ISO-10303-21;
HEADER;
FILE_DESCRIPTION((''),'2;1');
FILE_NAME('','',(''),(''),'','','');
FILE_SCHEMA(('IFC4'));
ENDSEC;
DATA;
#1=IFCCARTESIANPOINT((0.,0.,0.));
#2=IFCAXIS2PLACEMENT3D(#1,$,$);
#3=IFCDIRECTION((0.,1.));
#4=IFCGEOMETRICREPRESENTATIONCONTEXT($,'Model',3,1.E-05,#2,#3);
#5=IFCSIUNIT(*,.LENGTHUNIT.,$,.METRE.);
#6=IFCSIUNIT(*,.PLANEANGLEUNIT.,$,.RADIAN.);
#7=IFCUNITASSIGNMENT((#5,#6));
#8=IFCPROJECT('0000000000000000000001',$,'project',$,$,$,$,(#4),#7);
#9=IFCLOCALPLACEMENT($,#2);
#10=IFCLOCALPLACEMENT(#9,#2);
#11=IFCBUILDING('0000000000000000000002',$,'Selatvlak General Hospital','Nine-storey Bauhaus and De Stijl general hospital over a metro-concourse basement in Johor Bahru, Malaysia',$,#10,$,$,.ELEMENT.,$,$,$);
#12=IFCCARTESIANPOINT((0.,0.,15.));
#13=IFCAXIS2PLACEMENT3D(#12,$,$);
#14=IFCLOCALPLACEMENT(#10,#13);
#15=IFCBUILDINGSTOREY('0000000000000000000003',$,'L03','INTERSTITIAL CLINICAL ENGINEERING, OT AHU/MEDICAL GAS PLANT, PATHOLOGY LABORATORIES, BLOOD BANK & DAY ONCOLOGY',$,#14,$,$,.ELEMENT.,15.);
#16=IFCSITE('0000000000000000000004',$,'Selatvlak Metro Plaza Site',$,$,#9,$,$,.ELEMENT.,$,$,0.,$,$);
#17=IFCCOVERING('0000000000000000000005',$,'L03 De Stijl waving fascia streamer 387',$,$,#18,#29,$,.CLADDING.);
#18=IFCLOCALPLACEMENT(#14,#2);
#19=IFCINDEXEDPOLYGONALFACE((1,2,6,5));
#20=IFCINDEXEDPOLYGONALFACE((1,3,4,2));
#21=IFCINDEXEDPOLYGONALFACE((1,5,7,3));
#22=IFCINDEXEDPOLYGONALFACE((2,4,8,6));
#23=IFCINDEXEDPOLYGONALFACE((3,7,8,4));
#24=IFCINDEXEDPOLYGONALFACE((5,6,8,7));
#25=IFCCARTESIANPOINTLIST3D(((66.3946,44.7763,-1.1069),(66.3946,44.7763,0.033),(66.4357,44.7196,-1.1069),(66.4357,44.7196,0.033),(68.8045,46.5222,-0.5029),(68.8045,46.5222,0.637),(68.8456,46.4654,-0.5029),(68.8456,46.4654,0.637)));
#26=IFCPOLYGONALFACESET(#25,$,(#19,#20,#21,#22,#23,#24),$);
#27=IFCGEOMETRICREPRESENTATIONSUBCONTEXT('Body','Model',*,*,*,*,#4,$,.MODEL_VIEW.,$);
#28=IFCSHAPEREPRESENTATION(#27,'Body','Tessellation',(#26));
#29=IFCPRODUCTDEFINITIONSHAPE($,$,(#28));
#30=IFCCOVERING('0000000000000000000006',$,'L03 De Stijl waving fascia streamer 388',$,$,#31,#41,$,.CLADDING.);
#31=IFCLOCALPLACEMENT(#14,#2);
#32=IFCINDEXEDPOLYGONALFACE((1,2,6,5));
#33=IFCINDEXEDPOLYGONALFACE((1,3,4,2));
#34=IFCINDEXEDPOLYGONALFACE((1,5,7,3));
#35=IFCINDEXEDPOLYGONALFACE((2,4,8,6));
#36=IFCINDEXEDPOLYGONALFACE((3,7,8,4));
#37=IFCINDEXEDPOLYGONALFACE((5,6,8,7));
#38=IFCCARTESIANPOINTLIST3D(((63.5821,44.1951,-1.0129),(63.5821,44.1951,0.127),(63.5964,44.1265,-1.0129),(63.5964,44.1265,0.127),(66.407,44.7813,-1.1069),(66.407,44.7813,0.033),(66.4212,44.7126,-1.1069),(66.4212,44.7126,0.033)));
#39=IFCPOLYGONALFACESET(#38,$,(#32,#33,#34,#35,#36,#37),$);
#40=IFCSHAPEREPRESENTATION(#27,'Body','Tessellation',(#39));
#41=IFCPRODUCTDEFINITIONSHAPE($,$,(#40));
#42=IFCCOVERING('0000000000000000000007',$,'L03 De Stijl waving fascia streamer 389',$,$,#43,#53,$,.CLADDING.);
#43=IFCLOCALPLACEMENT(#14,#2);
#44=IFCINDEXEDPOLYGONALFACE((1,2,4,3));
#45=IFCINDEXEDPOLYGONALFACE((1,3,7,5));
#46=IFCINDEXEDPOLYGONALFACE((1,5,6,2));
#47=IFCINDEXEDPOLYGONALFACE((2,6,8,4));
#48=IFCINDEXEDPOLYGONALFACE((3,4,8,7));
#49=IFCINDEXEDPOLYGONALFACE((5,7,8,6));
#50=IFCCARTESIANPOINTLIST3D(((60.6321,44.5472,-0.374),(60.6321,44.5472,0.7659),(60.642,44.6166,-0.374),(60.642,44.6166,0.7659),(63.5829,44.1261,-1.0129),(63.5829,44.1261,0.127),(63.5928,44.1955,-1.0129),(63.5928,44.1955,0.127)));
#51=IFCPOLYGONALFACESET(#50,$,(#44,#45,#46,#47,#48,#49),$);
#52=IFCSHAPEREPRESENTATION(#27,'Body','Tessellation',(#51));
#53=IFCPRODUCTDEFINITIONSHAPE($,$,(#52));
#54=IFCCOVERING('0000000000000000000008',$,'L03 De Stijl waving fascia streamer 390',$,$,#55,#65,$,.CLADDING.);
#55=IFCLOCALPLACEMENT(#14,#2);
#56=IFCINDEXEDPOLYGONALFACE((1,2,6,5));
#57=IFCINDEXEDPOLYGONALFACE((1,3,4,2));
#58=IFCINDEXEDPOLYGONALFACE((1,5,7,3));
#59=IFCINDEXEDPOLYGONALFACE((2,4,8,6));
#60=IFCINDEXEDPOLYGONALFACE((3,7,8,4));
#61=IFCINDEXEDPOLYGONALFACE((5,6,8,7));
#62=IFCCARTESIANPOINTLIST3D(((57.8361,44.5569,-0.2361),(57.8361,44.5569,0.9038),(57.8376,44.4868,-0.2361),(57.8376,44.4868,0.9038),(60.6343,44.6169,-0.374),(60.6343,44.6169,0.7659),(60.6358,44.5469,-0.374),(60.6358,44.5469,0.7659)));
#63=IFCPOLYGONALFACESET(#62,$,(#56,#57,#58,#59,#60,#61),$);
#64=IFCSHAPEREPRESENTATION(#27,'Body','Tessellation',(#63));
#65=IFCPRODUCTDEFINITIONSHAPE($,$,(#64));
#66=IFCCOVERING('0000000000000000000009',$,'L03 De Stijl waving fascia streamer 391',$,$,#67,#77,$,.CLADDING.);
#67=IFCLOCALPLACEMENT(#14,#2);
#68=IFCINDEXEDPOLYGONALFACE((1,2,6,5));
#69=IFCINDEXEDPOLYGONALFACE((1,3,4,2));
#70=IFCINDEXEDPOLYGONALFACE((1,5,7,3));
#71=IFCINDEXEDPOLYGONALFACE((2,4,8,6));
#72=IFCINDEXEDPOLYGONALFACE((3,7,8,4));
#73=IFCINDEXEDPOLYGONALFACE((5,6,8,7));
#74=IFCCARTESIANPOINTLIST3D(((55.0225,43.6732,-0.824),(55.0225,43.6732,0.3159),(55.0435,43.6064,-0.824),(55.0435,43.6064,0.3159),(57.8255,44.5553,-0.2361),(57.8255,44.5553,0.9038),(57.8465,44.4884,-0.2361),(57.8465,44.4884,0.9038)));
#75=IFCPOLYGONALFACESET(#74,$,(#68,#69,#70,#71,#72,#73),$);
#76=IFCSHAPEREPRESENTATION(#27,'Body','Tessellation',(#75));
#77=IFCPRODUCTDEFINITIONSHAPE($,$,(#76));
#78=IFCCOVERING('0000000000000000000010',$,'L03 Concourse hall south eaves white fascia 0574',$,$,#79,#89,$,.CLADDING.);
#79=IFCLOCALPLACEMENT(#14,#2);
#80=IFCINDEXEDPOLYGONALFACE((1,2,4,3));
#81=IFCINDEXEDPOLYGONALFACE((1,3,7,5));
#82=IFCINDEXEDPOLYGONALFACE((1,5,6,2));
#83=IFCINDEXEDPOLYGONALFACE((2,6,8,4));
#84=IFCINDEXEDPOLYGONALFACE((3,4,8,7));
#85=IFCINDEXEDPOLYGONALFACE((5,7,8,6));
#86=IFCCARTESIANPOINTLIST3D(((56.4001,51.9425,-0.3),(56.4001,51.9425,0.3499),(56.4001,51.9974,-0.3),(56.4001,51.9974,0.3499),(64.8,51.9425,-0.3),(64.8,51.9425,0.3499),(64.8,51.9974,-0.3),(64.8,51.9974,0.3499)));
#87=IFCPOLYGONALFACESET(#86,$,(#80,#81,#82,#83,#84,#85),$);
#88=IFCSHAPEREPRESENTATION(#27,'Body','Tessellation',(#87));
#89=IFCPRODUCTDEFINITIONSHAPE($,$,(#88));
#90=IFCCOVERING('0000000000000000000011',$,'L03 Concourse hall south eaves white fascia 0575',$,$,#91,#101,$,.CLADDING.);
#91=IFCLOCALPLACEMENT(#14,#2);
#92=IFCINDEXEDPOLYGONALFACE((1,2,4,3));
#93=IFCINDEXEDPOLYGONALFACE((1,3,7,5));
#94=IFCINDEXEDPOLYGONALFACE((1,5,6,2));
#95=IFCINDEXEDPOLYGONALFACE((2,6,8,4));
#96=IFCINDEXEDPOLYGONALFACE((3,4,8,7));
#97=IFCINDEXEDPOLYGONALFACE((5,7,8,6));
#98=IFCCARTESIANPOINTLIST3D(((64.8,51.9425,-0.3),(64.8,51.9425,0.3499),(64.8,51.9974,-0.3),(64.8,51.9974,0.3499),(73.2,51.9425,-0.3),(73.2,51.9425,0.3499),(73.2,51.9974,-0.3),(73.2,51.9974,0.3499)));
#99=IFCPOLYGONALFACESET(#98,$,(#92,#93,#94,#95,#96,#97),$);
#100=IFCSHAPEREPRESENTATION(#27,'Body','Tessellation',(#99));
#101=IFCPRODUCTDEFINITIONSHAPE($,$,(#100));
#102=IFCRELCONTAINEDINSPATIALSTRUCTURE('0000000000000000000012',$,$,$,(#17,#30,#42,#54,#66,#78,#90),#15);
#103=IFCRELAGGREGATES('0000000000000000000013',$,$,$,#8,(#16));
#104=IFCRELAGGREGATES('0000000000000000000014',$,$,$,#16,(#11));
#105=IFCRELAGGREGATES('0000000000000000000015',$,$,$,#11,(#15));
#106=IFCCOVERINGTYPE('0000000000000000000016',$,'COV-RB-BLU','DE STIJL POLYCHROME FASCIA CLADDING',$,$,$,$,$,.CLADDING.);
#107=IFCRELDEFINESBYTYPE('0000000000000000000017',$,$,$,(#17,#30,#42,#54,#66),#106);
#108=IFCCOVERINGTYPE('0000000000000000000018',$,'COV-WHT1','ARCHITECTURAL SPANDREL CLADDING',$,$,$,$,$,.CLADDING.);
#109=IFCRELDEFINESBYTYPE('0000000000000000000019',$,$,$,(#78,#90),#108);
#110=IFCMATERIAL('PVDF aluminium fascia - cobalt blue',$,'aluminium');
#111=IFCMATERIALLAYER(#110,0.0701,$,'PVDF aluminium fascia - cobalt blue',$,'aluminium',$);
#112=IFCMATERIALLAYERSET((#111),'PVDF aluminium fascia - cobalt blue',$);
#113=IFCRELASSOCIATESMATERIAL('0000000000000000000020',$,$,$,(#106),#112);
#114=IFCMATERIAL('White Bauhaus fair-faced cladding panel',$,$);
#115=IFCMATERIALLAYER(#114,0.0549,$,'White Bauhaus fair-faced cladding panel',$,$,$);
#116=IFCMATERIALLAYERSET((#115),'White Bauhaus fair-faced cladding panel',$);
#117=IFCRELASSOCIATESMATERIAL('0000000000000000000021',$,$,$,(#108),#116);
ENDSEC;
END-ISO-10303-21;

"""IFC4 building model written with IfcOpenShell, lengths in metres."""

from ifc_helpers import new_model, si_unit, direction, frame, origin, origin_2d, place, context, subcontext, project, spatial, polyline, rectangle, outline, extrude, material, layer, layer_set, type_object, element, save


model = new_model("IFC4")

# Units and contexts
model_context = context("Model", 3, precision=1e-05, world=origin(), true_north=direction((0.0, 1.0)))
body_context = subcontext(model_context, "Body", "Model", "MODEL_VIEW")
ifc_project = project(units=[si_unit("LENGTHUNIT", "METRE"), si_unit("PLANEANGLEUNIT", "RADIAN")], contexts=[model_context])

# Site, building, storey
site_placement = place(None, origin())
site = spatial("IfcSite", under=ifc_project, at=site_placement, Name="Selatvlak Metro Plaza Site", CompositionType="ELEMENT", RefElevation=0.0)
building_placement = place(site_placement, origin())
building = spatial("IfcBuilding", under=site, at=building_placement, Name="Selatvlak General Hospital", Description="Nine-storey Bauhaus and De Stijl general hospital over a metro-concourse basement in Johor Bahru, Malaysia", CompositionType="ELEMENT")
storey_placement = place(building_placement, frame((0.0, 0.0, 15.0)))
storey = spatial("IfcBuildingStorey", under=building, at=storey_placement, Name="L03", Description="INTERSTITIAL CLINICAL ENGINEERING, OT AHU/MEDICAL GAS PLANT, PATHOLOGY LABORATORIES, BLOOD BANK & DAY ONCOLOGY", CompositionType="ELEMENT", Elevation=15.0)

# Coverings
ifc_material_1 = material(Name="PVDF aluminium fascia - cobalt blue", Category="aluminium")
ifc_layer_1 = layer(ifc_material_1, 0.0701, Name="PVDF aluminium fascia - cobalt blue", Category="aluminium")
ifc_layer_set_1 = layer_set([ifc_layer_1], Name="PVDF aluminium fascia - cobalt blue")
covering_type_1 = type_object("IfcCoveringType", Name="COV-RB-BLU", Description="DE STIJL POLYCHROME FASCIA CLADDING", PredefinedType="CLADDING", material=ifc_layer_set_1)
covering_1_placement = place(storey_placement, frame((68.825, 46.4939, -0.5029), z_axis=(0.0, 0.0, 1.0), x_axis=(-0.809824, -0.586673, 0.0)))
element("IfcCovering", 1, at=covering_1_placement, inside=storey, type_object=covering_type_1, Name="L03 De Stijl waving fascia streamer 387", PredefinedType="CLADDING", context=body_context, shape_type="SweptSolid", body=[
    extrude(outline(polyline([(0.0, 0.0), (2.9758, -0.604), (2.9758, 0.5359), (0.0, 1.1399), (0.0, 0.0)])), frame((0.0, 0.0352, 0.0), z_axis=(0.0, -1.0, 0.0), x_axis=(1.0, 0.0, 0.0)), (0.0, 0.0, 1.0), 0.0701),
])
covering_2_placement = place(storey_placement, frame((66.4141, 44.7471, -1.1069), z_axis=(0.0, 0.0, 1.0), x_axis=(-0.979143, -0.203174, 0.0)))
element("IfcCovering", 2, at=covering_2_placement, inside=storey, type_object=covering_type_1, Name="L03 De Stijl waving fascia streamer 388", PredefinedType="CLADDING", context=body_context, shape_type="SweptSolid", body=[
    extrude(outline(polyline([(0.0, 0.0), (2.885, 0.094), (2.885, 1.2339), (0.0, 1.1399), (0.0, 0.0)])), frame((0.0, 0.0352, 0.0), z_axis=(0.0, -1.0, 0.0), x_axis=(1.0, 0.0, 0.0)), (0.0, 0.0, 1.0), 0.0701),
])
covering_3_placement = place(storey_placement, frame((63.5879, 44.1609, -1.0129), z_axis=(0.0, 0.0, 1.0), x_axis=(-0.989969, 0.141284, 0.0)))
element("IfcCovering", 3, at=covering_3_placement, inside=storey, type_object=covering_type_1, Name="L03 De Stijl waving fascia streamer 389", PredefinedType="CLADDING", context=body_context, shape_type="SweptSolid", body=[
    extrude(outline(polyline([(0.0, 0.0), (2.9807, 0.6389), (2.9807, 1.7788), (0.0, 1.1399), (0.0, 0.0)])), frame((0.0, 0.0352, 0.0), z_axis=(0.0, -1.0, 0.0), x_axis=(1.0, 0.0, 0.0)), (0.0, 0.0, 1.0), 0.0701),
])
covering_4_placement = place(storey_placement, frame((60.635, 44.582, -0.374), z_axis=(0.0, 0.0, 1.0), x_axis=(-0.99977, -0.021459, 0.0)))
element("IfcCovering", 4, at=covering_4_placement, inside=storey, type_object=covering_type_1, Name="L03 De Stijl waving fascia streamer 390", PredefinedType="CLADDING", context=body_context, shape_type="SweptSolid", body=[
    extrude(outline(polyline([(0.0, 0.0), (2.7988, 0.1379), (2.7988, 1.2778), (0.0, 1.1399), (0.0, 0.0)])), frame((0.0, 0.0352, 0.0), z_axis=(0.0, -1.0, 0.0), x_axis=(1.0, 0.0, 0.0)), (0.0, 0.0, 1.0), 0.0701),
])
covering_5_placement = place(storey_placement, frame((57.8359, 44.522, -0.2361), z_axis=(0.0, 0.0, 1.0), x_axis=(-0.953882, -0.300181, 0.0)))
element("IfcCovering", 5, at=covering_5_placement, inside=storey, type_object=covering_type_1, Name="L03 De Stijl waving fascia streamer 391", PredefinedType="CLADDING", context=body_context, shape_type="SweptSolid", body=[
    extrude(outline(polyline([(0.0, 0.0), (2.9385, -0.5879), (2.9385, 0.552), (0.0, 1.1399), (0.0, 0.0)])), frame((0.0, 0.0352, 0.0), z_axis=(0.0, -1.0, 0.0), x_axis=(1.0, 0.0, 0.0)), (0.0, 0.0, 1.0), 0.0701),
])
ifc_material_2 = material(Name="White Bauhaus fair-faced cladding panel")
ifc_layer_2 = layer(ifc_material_2, 0.0549, Name="White Bauhaus fair-faced cladding panel")
ifc_layer_set_2 = layer_set([ifc_layer_2], Name="White Bauhaus fair-faced cladding panel")
covering_type_2 = type_object("IfcCoveringType", Name="COV-WHT1", Description="ARCHITECTURAL SPANDREL CLADDING", PredefinedType="CLADDING", material=ifc_layer_set_2)
for number, where, z_axis, x_axis, name in (
    (6, (60.6001, 51.97, -0.3), (0.0, 0.0, 1.0), (1.0, 0.0, 0.0), "L03 Concourse hall south eaves white fascia 0574"),
    (7, (69.0, 51.97, -0.3), (0.0, 0.0, 1.0), (1.0, 0.0, 0.0), "L03 Concourse hall south eaves white fascia 0575"),
):
    element("IfcCovering", number, at=place(storey_placement, frame(where, z_axis=z_axis, x_axis=x_axis)), inside=storey, type_object=covering_type_2, Name=name, PredefinedType="CLADDING", context=body_context, shape_type="SweptSolid", body=[
        extrude(rectangle(XDim=8.3999, YDim=0.0549, at=origin_2d()), origin(), (0.0, 0.0, 1.0), 0.6499),
    ])

save(model, "model.ifc")
